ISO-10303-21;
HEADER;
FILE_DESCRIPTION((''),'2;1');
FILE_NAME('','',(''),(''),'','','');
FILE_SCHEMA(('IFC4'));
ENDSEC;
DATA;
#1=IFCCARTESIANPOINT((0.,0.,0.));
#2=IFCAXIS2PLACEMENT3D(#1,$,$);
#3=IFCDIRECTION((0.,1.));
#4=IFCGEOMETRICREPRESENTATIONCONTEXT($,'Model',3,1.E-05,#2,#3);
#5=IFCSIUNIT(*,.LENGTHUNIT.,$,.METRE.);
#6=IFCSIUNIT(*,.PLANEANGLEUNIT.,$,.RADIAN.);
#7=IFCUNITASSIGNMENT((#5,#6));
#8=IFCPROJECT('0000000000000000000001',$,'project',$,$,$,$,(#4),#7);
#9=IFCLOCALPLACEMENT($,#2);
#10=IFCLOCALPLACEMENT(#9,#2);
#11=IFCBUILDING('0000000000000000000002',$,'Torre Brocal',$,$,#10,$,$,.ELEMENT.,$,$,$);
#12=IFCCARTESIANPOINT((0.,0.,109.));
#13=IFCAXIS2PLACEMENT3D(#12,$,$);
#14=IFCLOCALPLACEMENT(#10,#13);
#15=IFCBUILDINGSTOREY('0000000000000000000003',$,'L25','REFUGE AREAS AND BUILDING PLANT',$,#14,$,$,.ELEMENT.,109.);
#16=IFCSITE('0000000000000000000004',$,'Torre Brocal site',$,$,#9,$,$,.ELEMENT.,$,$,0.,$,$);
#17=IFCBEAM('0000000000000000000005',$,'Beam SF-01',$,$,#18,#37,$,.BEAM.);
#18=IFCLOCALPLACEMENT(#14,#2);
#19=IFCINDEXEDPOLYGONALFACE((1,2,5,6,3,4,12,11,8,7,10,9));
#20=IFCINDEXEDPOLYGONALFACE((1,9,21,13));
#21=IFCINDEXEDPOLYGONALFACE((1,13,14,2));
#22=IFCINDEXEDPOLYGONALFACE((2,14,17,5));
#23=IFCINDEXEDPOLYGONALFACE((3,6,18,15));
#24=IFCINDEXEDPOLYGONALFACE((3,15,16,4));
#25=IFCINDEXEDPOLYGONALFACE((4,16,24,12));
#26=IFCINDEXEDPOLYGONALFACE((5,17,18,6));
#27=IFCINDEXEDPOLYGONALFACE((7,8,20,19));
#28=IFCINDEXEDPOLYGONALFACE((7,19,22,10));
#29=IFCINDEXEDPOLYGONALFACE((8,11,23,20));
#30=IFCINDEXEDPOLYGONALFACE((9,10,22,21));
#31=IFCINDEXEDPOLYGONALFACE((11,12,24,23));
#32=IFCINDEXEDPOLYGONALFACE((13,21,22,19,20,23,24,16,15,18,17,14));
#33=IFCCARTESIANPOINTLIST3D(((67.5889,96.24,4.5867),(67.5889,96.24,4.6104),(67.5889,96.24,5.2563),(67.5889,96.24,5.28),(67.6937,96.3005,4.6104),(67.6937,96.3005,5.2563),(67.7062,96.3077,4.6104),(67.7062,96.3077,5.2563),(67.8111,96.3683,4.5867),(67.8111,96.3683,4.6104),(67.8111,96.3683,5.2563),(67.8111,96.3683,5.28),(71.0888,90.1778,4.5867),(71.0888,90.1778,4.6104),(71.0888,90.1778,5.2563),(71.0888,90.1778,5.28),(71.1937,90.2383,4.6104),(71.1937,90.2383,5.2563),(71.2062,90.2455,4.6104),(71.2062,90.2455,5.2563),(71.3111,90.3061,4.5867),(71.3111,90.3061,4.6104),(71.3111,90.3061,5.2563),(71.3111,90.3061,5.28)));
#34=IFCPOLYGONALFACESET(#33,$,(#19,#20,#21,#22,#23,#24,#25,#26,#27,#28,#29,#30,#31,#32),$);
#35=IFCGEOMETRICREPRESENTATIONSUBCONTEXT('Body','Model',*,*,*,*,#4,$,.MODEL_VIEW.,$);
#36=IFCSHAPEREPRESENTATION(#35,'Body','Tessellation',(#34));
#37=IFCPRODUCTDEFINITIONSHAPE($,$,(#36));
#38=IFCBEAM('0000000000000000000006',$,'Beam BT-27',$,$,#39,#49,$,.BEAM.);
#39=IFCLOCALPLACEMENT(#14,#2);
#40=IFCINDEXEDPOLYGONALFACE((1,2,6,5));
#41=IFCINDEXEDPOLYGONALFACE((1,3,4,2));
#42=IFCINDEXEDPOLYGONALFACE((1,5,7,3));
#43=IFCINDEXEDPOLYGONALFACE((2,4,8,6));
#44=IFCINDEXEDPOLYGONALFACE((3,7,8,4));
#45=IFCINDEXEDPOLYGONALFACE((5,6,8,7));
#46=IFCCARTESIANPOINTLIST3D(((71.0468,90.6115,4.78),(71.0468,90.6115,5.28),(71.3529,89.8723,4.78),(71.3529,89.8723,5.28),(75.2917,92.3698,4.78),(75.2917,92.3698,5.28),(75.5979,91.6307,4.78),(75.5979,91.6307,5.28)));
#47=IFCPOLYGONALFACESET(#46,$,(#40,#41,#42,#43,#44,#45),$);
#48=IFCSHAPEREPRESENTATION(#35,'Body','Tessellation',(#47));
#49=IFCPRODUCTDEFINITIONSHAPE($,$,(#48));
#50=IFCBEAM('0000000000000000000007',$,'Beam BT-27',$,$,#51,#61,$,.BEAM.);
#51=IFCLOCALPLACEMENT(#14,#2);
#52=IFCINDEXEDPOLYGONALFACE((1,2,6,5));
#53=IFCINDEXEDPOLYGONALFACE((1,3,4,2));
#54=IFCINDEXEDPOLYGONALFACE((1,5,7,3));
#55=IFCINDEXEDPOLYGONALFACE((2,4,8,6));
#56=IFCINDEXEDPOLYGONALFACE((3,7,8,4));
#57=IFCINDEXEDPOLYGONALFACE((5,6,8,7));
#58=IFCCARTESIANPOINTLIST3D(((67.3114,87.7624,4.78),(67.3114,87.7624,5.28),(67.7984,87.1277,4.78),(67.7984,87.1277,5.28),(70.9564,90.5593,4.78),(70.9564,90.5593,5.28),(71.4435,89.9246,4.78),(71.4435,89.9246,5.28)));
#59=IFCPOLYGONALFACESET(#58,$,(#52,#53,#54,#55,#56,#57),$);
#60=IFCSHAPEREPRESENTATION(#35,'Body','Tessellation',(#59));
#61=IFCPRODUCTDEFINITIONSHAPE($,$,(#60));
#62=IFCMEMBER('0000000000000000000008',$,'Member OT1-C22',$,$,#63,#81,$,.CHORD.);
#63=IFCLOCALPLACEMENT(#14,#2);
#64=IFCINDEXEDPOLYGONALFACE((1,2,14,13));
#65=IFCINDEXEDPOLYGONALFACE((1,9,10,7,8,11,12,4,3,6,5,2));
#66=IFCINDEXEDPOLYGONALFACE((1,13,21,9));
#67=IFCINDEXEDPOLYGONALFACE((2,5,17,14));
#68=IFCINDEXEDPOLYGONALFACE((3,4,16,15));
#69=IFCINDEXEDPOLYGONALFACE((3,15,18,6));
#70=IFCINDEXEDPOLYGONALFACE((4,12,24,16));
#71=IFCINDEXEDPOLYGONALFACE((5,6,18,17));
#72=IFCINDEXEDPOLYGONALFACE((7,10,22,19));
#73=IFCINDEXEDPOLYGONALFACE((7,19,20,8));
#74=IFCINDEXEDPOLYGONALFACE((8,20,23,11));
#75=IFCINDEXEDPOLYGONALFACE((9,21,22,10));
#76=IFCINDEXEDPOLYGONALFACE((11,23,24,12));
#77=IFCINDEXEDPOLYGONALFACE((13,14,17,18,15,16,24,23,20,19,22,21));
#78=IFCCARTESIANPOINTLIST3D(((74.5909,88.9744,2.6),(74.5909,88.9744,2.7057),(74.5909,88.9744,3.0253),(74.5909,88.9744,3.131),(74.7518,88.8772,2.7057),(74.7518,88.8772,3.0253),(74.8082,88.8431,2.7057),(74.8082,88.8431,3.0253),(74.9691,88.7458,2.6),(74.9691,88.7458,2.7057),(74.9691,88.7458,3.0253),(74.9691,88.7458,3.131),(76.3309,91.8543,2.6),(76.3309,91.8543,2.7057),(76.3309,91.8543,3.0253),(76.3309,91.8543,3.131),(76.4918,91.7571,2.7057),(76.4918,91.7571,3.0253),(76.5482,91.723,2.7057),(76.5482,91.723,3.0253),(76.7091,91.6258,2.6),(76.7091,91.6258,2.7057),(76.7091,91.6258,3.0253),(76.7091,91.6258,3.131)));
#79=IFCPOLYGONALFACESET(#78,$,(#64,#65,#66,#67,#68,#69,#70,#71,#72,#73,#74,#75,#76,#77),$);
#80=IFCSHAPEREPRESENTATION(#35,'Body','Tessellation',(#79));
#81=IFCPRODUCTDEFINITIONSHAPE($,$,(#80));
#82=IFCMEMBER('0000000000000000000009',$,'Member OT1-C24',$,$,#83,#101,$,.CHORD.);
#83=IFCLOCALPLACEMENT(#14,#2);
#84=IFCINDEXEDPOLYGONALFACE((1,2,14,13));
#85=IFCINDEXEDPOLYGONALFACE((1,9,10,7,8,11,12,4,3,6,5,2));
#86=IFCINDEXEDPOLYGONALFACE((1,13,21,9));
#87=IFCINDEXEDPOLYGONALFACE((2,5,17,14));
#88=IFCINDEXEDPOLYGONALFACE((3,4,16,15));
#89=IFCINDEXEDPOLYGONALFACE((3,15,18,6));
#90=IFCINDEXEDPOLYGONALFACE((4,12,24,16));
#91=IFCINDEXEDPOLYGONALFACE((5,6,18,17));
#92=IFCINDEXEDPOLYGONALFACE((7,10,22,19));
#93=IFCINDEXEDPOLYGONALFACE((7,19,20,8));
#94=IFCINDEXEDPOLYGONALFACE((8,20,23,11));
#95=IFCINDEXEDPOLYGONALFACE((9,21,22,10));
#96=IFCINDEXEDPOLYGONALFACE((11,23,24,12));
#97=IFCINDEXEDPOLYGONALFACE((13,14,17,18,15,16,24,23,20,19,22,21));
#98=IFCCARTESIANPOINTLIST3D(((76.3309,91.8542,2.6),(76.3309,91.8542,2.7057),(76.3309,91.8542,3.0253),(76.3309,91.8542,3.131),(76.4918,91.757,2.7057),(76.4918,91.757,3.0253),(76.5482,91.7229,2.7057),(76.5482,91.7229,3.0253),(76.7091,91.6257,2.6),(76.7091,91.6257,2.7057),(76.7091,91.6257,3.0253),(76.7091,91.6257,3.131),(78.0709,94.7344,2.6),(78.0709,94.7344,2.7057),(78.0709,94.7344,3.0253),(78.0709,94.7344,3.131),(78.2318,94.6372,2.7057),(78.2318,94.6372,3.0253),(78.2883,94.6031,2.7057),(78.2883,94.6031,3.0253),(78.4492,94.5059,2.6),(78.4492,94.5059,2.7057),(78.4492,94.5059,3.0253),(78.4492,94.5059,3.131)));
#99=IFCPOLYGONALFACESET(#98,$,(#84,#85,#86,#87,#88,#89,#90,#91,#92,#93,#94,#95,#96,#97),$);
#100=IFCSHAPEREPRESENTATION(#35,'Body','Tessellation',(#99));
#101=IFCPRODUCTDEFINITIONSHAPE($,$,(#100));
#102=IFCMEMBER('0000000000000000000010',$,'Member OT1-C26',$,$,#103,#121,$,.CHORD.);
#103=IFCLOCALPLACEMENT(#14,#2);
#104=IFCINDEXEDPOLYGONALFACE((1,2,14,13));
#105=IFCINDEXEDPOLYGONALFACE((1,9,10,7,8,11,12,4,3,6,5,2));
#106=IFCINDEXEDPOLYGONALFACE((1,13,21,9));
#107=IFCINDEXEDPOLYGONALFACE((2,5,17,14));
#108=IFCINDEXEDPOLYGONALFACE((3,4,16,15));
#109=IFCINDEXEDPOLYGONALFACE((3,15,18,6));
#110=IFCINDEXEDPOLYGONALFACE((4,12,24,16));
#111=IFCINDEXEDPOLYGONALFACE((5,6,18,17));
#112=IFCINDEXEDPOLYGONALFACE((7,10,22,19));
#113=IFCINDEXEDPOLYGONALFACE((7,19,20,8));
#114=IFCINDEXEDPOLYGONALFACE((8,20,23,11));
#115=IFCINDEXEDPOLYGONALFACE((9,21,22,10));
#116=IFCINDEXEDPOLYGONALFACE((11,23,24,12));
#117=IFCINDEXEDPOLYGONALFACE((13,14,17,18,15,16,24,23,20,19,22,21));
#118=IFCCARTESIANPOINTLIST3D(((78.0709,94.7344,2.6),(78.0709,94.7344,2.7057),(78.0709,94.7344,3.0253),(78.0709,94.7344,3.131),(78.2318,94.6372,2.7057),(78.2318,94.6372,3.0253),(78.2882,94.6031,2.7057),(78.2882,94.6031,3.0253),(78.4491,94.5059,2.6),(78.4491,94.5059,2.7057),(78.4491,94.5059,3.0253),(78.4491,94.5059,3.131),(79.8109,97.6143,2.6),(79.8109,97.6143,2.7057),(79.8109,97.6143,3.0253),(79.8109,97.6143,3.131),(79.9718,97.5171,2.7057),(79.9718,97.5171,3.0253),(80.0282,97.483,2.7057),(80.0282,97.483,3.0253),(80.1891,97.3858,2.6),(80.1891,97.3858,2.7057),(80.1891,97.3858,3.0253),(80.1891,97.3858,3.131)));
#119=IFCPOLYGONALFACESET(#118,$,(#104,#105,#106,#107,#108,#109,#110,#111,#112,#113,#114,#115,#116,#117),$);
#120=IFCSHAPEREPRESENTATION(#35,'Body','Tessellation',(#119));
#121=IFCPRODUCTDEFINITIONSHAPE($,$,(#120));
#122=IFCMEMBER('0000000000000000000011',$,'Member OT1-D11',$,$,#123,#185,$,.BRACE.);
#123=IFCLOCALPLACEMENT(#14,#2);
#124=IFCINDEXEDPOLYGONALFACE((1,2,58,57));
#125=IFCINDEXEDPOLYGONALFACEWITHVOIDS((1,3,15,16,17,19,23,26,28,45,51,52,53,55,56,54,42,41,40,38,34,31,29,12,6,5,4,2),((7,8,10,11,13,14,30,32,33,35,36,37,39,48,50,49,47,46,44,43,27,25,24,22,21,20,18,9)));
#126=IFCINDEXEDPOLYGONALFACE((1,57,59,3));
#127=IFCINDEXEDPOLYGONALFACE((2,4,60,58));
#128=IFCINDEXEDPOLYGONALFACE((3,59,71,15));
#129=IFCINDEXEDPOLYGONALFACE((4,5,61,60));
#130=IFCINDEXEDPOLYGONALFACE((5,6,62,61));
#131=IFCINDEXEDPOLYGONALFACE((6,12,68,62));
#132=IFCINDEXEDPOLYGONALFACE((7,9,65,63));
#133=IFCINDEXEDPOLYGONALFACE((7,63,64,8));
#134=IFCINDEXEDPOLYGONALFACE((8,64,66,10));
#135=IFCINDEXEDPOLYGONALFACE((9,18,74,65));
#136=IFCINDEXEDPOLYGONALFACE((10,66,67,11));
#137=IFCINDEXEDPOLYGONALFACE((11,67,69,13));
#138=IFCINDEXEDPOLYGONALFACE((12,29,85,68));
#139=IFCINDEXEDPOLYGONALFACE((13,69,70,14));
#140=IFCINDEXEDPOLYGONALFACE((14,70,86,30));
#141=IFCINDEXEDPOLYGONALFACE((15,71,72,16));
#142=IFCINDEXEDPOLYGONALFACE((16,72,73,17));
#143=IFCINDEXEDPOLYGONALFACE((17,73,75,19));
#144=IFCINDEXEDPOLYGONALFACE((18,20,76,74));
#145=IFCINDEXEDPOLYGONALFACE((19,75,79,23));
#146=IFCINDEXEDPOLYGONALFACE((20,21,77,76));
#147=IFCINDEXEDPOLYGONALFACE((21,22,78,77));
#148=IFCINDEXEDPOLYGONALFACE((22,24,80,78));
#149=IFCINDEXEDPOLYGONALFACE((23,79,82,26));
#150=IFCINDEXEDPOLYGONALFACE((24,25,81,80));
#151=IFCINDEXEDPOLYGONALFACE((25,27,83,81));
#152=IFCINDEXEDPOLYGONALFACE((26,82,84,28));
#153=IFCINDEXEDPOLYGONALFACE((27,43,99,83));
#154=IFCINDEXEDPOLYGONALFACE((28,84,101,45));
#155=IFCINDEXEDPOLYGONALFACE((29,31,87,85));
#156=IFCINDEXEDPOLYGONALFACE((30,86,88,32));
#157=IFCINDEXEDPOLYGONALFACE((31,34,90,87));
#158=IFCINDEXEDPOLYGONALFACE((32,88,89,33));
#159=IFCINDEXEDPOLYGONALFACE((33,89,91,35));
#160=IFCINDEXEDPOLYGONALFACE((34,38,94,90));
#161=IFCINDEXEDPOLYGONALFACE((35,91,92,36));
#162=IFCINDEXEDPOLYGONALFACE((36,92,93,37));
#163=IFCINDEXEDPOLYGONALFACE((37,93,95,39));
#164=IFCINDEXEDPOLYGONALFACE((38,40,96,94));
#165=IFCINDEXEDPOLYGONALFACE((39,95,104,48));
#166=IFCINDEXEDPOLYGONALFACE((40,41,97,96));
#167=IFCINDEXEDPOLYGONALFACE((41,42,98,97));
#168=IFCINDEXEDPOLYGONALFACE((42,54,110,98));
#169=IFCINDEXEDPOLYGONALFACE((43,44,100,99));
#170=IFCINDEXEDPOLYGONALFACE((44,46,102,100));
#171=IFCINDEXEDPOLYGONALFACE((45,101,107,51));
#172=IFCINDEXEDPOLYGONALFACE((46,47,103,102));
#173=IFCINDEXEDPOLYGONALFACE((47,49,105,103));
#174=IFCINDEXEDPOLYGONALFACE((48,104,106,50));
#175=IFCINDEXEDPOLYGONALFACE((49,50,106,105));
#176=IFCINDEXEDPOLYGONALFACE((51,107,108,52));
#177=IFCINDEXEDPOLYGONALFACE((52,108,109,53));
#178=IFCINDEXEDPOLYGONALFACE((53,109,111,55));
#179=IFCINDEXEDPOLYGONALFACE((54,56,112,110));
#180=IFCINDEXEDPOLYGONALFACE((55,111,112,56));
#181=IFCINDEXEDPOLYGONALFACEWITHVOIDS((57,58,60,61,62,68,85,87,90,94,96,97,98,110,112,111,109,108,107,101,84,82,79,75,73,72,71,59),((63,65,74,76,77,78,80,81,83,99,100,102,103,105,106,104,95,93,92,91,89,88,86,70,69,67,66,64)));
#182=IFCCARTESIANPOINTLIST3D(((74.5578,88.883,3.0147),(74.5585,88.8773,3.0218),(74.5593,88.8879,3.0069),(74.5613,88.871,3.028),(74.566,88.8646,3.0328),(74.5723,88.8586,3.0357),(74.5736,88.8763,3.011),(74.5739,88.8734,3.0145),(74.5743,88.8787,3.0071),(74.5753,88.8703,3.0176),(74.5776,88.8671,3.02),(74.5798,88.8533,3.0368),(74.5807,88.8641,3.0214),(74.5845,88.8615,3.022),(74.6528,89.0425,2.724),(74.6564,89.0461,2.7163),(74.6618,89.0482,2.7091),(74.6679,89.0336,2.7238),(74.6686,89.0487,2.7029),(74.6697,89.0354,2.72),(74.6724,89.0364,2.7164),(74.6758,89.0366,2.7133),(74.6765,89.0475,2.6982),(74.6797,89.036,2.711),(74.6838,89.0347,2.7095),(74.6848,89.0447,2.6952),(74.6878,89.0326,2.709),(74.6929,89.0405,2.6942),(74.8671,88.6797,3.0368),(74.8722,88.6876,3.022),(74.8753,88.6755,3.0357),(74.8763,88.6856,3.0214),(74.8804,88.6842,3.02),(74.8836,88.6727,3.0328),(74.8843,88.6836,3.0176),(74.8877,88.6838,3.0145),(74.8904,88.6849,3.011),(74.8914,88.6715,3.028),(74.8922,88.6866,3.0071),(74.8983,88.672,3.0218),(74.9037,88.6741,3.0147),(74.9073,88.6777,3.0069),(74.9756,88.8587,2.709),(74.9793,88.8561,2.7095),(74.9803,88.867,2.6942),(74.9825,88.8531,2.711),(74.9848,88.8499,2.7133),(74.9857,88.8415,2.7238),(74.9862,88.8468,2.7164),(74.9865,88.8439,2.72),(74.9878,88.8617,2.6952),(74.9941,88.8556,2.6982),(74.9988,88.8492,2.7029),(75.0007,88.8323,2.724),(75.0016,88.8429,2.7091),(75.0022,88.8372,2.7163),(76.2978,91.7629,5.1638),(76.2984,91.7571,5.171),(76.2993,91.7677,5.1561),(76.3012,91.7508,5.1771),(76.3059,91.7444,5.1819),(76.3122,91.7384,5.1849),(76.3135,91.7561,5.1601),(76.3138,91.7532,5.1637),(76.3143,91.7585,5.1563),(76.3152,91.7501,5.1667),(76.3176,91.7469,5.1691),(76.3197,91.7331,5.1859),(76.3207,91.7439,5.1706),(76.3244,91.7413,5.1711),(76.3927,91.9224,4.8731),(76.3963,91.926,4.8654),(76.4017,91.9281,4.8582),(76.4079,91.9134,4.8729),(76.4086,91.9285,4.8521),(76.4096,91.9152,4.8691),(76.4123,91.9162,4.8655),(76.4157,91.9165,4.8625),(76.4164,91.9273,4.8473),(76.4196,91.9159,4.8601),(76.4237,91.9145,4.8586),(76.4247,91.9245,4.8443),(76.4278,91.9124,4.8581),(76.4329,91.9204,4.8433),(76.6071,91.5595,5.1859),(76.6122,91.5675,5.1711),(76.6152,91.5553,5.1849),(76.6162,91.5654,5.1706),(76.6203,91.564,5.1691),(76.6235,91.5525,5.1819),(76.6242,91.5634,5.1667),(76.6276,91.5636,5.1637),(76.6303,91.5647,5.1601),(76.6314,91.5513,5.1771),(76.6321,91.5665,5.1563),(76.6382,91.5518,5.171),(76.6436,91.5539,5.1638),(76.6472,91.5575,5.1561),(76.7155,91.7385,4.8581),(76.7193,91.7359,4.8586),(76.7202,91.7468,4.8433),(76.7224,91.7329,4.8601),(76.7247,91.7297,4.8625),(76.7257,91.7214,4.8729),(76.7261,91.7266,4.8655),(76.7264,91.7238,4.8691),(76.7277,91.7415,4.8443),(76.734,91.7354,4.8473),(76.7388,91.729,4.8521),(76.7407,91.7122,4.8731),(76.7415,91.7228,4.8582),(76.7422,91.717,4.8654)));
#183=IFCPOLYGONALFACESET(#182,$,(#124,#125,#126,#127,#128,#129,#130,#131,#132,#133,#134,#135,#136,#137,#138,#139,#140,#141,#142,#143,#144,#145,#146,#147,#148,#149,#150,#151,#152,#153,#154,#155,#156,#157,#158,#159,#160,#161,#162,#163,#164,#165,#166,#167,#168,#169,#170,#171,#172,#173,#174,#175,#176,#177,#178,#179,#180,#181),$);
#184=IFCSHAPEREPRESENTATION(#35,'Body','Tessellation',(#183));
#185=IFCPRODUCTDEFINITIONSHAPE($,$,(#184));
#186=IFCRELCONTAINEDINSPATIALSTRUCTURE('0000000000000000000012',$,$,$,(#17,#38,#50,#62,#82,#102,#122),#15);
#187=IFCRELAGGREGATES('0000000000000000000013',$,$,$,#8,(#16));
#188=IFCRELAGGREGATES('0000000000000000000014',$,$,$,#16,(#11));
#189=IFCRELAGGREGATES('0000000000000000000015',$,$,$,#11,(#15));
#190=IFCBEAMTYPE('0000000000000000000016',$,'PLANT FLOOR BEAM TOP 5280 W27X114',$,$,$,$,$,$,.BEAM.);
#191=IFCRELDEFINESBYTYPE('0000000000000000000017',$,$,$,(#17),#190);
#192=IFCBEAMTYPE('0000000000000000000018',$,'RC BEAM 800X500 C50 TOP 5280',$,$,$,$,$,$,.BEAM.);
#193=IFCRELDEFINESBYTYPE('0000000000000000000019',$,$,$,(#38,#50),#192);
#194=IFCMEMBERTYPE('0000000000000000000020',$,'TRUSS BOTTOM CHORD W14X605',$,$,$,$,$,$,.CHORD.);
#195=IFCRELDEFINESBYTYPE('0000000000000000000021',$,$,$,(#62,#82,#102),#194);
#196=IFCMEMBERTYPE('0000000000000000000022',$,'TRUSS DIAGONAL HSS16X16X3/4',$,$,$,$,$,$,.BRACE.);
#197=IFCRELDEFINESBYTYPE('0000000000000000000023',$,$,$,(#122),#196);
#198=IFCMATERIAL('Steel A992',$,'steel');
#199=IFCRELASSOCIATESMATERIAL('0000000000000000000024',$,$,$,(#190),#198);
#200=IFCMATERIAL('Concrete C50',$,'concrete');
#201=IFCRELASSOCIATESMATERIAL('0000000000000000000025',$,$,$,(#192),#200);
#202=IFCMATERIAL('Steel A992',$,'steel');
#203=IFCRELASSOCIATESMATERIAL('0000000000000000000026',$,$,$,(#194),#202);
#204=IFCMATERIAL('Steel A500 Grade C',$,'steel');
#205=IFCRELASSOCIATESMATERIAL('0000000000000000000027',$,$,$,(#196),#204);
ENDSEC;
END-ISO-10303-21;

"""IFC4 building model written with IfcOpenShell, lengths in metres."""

from ifc_helpers import new_model, si_unit, direction, frame, origin, origin_2d, place, context, subcontext, project, spatial, rectangle, hollow_rectangle, i_section, extrude, material, material_profile, profile_set, type_object, element, save


model = new_model("IFC4")

# Units and contexts
model_context = context("Model", 3, precision=1e-05, world=origin(), true_north=direction((0.0, 1.0)))
body_context = subcontext(model_context, "Body", "Model", "MODEL_VIEW")
ifc_project = project(units=[si_unit("LENGTHUNIT", "METRE"), si_unit("PLANEANGLEUNIT", "RADIAN")], contexts=[model_context])

# Site, building, storey
site_placement = place(None, origin())
site = spatial("IfcSite", under=ifc_project, at=site_placement, Name="Torre Brocal site", CompositionType="ELEMENT", RefElevation=0.0)
building_placement = place(site_placement, origin())
building = spatial("IfcBuilding", under=site, at=building_placement, Name="Torre Brocal", CompositionType="ELEMENT")
storey_placement = place(building_placement, frame((0.0, 0.0, 109.0)))
storey = spatial("IfcBuildingStorey", under=building, at=storey_placement, Name="L25", Description="REFUGE AREAS AND BUILDING PLANT", CompositionType="ELEMENT", Elevation=109.0)

# Beams
ifc_material_1 = material(Name="Steel A992", Category="steel")
ifc_material_profile_1 = material_profile(ifc_material_1, i_section(OverallWidth=0.2566, OverallDepth=0.6934, WebThickness=0.0144, FlangeThickness=0.0237, at=origin_2d()), Name="W27X114")
ifc_profile_set_1 = profile_set([ifc_material_profile_1], Name="Steel A992")
beam_type_1 = type_object("IfcBeamType", Name="PLANT FLOOR BEAM TOP 5280 W27X114", PredefinedType="BEAM", material=ifc_profile_set_1)
for number, where, z_axis, x_axis, name in (
    (1, (71.2, 90.2419, 4.9333), (-0.499995, 0.866028, 0.0), (-0.866028, -0.499995, 0.0), "Beam SF-01"),
):
    element("IfcBeam", number, at=place(storey_placement, frame(where, z_axis=z_axis, x_axis=x_axis)), inside=storey, type_object=beam_type_1, Name=name, PredefinedType="BEAM", context=body_context, shape_type="SweptSolid", body=[
        extrude(i_section(OverallWidth=0.2566, OverallDepth=0.6934, WebThickness=0.0144, FlangeThickness=0.0237, at=origin_2d()), origin(), (0.0, 0.0, 1.0), 7.0),
    ])
ifc_material_2 = material(Name="Concrete C50", Category="concrete")
ifc_material_profile_2 = material_profile(ifc_material_2, rectangle(XDim=0.8, YDim=0.5, at=origin_2d()), Name="RC 800X500")
ifc_profile_set_2 = profile_set([ifc_material_profile_2], Name="Concrete C50")
beam_type_2 = type_object("IfcBeamType", Name="RC BEAM 800X500 C50 TOP 5280", PredefinedType="BEAM", material=ifc_profile_set_2)
beam_1_placement = place(storey_placement, frame((75.4448, 92.0002, 5.03), z_axis=(-0.923878, -0.382687, 0.0), x_axis=(0.382687, -0.923878, 0.0)))
element("IfcBeam", 2, at=beam_1_placement, inside=storey, type_object=beam_type_2, Name="Beam BT-27", PredefinedType="BEAM", context=body_context, shape_type="SweptSolid", body=[
    extrude(rectangle(XDim=0.8, YDim=0.5, at=origin_2d()), origin(), (0.0, 0.0, 1.0), 4.5947),
])
beam_2_placement = place(storey_placement, frame((71.2, 90.2419, 5.03), z_axis=(-0.793358, -0.608755, 0.0), x_axis=(0.608755, -0.793358, 0.0)))
element("IfcBeam", 3, at=beam_2_placement, inside=storey, type_object=beam_type_2, Name="Beam BT-27", PredefinedType="BEAM", context=body_context, shape_type="SweptSolid", body=[
    extrude(rectangle(XDim=0.8, YDim=0.5, at=origin_2d()), origin(), (0.0, 0.0, 1.0), 4.5945),
])

# Members
ifc_material_3 = material(Name="Steel A992", Category="steel")
ifc_material_profile_3 = material_profile(ifc_material_3, i_section(OverallWidth=0.4419, OverallDepth=0.531, WebThickness=0.0659, FlangeThickness=0.1057, at=origin_2d()), Name="W14X605")
ifc_profile_set_3 = profile_set([ifc_material_profile_3], Name="Steel A992")
member_type_1 = type_object("IfcMemberType", Name="TRUSS BOTTOM CHORD W14X605", PredefinedType="CHORD", material=ifc_profile_set_3)
member_1_placement = place(storey_placement, frame((74.78, 88.8601, 2.8655), z_axis=(0.517129, 0.855908, 0.0), x_axis=(-0.855908, 0.517129, 0.0)))
element("IfcMember", 4, at=member_1_placement, inside=storey, type_object=member_type_1, Name="Member OT1-C22", PredefinedType="CHORD", context=body_context, shape_type="SweptSolid", body=[
    extrude(i_section(OverallWidth=0.4419, OverallDepth=0.531, WebThickness=0.0659, FlangeThickness=0.1057, at=origin_2d()), origin(), (0.0, 0.0, 1.0), 3.3647),
])
member_2_placement = place(storey_placement, frame((76.52, 91.74, 2.8655), z_axis=(0.517097, 0.855927, 0.0), x_axis=(-0.855927, 0.517097, 0.0)))
element("IfcMember", 5, at=member_2_placement, inside=storey, type_object=member_type_1, Name="Member OT1-C24", PredefinedType="CHORD", context=body_context, shape_type="SweptSolid", body=[
    extrude(i_section(OverallWidth=0.4419, OverallDepth=0.531, WebThickness=0.0659, FlangeThickness=0.1057, at=origin_2d()), origin(), (0.0, 0.0, 1.0), 3.365),
])
member_3_placement = place(storey_placement, frame((78.26, 94.6201, 2.8655), z_axis=(0.517129, 0.855908, 0.0), x_axis=(-0.855908, 0.517129, 0.0)))
element("IfcMember", 6, at=member_3_placement, inside=storey, type_object=member_type_1, Name="Member OT1-C26", PredefinedType="CHORD", context=body_context, shape_type="SweptSolid", body=[
    extrude(i_section(OverallWidth=0.4419, OverallDepth=0.531, WebThickness=0.0659, FlangeThickness=0.1057, at=origin_2d()), origin(), (0.0, 0.0, 1.0), 3.3647),
])
ifc_material_4 = material(Name="Steel A500 Grade C", Category="steel")
ifc_material_profile_4 = material_profile(ifc_material_4, hollow_rectangle(XDim=0.4065, YDim=0.4065, WallThickness=0.0176, InnerFilletRadius=0.0176, OuterFilletRadius=0.0354, at=origin_2d()), Name="HSS16X16X3/4")
ifc_profile_set_4 = profile_set([ifc_material_profile_4], Name="Steel A500 Grade C")
member_type_2 = type_object("IfcMemberType", Name="TRUSS DIAGONAL HSS16X16X3/4", PredefinedType="BRACE", material=ifc_profile_set_4)
member_4_placement = place(storey_placement, frame((74.78, 88.8601, 2.8655), z_axis=(0.435812, 0.721319, 0.538299), x_axis=(-0.855908, 0.517129, 0.0)))
element("IfcMember", 7, at=member_4_placement, inside=storey, type_object=member_type_2, Name="Member OT1-D11", PredefinedType="BRACE", context=body_context, shape_type="SweptSolid", body=[
    extrude(hollow_rectangle(XDim=0.4065, YDim=0.4065, WallThickness=0.0176, InnerFilletRadius=0.0176, OuterFilletRadius=0.0354, at=origin_2d()), origin(), (0.0, 0.0, 1.0), 3.9924),
])

save(model, "model.ifc")
